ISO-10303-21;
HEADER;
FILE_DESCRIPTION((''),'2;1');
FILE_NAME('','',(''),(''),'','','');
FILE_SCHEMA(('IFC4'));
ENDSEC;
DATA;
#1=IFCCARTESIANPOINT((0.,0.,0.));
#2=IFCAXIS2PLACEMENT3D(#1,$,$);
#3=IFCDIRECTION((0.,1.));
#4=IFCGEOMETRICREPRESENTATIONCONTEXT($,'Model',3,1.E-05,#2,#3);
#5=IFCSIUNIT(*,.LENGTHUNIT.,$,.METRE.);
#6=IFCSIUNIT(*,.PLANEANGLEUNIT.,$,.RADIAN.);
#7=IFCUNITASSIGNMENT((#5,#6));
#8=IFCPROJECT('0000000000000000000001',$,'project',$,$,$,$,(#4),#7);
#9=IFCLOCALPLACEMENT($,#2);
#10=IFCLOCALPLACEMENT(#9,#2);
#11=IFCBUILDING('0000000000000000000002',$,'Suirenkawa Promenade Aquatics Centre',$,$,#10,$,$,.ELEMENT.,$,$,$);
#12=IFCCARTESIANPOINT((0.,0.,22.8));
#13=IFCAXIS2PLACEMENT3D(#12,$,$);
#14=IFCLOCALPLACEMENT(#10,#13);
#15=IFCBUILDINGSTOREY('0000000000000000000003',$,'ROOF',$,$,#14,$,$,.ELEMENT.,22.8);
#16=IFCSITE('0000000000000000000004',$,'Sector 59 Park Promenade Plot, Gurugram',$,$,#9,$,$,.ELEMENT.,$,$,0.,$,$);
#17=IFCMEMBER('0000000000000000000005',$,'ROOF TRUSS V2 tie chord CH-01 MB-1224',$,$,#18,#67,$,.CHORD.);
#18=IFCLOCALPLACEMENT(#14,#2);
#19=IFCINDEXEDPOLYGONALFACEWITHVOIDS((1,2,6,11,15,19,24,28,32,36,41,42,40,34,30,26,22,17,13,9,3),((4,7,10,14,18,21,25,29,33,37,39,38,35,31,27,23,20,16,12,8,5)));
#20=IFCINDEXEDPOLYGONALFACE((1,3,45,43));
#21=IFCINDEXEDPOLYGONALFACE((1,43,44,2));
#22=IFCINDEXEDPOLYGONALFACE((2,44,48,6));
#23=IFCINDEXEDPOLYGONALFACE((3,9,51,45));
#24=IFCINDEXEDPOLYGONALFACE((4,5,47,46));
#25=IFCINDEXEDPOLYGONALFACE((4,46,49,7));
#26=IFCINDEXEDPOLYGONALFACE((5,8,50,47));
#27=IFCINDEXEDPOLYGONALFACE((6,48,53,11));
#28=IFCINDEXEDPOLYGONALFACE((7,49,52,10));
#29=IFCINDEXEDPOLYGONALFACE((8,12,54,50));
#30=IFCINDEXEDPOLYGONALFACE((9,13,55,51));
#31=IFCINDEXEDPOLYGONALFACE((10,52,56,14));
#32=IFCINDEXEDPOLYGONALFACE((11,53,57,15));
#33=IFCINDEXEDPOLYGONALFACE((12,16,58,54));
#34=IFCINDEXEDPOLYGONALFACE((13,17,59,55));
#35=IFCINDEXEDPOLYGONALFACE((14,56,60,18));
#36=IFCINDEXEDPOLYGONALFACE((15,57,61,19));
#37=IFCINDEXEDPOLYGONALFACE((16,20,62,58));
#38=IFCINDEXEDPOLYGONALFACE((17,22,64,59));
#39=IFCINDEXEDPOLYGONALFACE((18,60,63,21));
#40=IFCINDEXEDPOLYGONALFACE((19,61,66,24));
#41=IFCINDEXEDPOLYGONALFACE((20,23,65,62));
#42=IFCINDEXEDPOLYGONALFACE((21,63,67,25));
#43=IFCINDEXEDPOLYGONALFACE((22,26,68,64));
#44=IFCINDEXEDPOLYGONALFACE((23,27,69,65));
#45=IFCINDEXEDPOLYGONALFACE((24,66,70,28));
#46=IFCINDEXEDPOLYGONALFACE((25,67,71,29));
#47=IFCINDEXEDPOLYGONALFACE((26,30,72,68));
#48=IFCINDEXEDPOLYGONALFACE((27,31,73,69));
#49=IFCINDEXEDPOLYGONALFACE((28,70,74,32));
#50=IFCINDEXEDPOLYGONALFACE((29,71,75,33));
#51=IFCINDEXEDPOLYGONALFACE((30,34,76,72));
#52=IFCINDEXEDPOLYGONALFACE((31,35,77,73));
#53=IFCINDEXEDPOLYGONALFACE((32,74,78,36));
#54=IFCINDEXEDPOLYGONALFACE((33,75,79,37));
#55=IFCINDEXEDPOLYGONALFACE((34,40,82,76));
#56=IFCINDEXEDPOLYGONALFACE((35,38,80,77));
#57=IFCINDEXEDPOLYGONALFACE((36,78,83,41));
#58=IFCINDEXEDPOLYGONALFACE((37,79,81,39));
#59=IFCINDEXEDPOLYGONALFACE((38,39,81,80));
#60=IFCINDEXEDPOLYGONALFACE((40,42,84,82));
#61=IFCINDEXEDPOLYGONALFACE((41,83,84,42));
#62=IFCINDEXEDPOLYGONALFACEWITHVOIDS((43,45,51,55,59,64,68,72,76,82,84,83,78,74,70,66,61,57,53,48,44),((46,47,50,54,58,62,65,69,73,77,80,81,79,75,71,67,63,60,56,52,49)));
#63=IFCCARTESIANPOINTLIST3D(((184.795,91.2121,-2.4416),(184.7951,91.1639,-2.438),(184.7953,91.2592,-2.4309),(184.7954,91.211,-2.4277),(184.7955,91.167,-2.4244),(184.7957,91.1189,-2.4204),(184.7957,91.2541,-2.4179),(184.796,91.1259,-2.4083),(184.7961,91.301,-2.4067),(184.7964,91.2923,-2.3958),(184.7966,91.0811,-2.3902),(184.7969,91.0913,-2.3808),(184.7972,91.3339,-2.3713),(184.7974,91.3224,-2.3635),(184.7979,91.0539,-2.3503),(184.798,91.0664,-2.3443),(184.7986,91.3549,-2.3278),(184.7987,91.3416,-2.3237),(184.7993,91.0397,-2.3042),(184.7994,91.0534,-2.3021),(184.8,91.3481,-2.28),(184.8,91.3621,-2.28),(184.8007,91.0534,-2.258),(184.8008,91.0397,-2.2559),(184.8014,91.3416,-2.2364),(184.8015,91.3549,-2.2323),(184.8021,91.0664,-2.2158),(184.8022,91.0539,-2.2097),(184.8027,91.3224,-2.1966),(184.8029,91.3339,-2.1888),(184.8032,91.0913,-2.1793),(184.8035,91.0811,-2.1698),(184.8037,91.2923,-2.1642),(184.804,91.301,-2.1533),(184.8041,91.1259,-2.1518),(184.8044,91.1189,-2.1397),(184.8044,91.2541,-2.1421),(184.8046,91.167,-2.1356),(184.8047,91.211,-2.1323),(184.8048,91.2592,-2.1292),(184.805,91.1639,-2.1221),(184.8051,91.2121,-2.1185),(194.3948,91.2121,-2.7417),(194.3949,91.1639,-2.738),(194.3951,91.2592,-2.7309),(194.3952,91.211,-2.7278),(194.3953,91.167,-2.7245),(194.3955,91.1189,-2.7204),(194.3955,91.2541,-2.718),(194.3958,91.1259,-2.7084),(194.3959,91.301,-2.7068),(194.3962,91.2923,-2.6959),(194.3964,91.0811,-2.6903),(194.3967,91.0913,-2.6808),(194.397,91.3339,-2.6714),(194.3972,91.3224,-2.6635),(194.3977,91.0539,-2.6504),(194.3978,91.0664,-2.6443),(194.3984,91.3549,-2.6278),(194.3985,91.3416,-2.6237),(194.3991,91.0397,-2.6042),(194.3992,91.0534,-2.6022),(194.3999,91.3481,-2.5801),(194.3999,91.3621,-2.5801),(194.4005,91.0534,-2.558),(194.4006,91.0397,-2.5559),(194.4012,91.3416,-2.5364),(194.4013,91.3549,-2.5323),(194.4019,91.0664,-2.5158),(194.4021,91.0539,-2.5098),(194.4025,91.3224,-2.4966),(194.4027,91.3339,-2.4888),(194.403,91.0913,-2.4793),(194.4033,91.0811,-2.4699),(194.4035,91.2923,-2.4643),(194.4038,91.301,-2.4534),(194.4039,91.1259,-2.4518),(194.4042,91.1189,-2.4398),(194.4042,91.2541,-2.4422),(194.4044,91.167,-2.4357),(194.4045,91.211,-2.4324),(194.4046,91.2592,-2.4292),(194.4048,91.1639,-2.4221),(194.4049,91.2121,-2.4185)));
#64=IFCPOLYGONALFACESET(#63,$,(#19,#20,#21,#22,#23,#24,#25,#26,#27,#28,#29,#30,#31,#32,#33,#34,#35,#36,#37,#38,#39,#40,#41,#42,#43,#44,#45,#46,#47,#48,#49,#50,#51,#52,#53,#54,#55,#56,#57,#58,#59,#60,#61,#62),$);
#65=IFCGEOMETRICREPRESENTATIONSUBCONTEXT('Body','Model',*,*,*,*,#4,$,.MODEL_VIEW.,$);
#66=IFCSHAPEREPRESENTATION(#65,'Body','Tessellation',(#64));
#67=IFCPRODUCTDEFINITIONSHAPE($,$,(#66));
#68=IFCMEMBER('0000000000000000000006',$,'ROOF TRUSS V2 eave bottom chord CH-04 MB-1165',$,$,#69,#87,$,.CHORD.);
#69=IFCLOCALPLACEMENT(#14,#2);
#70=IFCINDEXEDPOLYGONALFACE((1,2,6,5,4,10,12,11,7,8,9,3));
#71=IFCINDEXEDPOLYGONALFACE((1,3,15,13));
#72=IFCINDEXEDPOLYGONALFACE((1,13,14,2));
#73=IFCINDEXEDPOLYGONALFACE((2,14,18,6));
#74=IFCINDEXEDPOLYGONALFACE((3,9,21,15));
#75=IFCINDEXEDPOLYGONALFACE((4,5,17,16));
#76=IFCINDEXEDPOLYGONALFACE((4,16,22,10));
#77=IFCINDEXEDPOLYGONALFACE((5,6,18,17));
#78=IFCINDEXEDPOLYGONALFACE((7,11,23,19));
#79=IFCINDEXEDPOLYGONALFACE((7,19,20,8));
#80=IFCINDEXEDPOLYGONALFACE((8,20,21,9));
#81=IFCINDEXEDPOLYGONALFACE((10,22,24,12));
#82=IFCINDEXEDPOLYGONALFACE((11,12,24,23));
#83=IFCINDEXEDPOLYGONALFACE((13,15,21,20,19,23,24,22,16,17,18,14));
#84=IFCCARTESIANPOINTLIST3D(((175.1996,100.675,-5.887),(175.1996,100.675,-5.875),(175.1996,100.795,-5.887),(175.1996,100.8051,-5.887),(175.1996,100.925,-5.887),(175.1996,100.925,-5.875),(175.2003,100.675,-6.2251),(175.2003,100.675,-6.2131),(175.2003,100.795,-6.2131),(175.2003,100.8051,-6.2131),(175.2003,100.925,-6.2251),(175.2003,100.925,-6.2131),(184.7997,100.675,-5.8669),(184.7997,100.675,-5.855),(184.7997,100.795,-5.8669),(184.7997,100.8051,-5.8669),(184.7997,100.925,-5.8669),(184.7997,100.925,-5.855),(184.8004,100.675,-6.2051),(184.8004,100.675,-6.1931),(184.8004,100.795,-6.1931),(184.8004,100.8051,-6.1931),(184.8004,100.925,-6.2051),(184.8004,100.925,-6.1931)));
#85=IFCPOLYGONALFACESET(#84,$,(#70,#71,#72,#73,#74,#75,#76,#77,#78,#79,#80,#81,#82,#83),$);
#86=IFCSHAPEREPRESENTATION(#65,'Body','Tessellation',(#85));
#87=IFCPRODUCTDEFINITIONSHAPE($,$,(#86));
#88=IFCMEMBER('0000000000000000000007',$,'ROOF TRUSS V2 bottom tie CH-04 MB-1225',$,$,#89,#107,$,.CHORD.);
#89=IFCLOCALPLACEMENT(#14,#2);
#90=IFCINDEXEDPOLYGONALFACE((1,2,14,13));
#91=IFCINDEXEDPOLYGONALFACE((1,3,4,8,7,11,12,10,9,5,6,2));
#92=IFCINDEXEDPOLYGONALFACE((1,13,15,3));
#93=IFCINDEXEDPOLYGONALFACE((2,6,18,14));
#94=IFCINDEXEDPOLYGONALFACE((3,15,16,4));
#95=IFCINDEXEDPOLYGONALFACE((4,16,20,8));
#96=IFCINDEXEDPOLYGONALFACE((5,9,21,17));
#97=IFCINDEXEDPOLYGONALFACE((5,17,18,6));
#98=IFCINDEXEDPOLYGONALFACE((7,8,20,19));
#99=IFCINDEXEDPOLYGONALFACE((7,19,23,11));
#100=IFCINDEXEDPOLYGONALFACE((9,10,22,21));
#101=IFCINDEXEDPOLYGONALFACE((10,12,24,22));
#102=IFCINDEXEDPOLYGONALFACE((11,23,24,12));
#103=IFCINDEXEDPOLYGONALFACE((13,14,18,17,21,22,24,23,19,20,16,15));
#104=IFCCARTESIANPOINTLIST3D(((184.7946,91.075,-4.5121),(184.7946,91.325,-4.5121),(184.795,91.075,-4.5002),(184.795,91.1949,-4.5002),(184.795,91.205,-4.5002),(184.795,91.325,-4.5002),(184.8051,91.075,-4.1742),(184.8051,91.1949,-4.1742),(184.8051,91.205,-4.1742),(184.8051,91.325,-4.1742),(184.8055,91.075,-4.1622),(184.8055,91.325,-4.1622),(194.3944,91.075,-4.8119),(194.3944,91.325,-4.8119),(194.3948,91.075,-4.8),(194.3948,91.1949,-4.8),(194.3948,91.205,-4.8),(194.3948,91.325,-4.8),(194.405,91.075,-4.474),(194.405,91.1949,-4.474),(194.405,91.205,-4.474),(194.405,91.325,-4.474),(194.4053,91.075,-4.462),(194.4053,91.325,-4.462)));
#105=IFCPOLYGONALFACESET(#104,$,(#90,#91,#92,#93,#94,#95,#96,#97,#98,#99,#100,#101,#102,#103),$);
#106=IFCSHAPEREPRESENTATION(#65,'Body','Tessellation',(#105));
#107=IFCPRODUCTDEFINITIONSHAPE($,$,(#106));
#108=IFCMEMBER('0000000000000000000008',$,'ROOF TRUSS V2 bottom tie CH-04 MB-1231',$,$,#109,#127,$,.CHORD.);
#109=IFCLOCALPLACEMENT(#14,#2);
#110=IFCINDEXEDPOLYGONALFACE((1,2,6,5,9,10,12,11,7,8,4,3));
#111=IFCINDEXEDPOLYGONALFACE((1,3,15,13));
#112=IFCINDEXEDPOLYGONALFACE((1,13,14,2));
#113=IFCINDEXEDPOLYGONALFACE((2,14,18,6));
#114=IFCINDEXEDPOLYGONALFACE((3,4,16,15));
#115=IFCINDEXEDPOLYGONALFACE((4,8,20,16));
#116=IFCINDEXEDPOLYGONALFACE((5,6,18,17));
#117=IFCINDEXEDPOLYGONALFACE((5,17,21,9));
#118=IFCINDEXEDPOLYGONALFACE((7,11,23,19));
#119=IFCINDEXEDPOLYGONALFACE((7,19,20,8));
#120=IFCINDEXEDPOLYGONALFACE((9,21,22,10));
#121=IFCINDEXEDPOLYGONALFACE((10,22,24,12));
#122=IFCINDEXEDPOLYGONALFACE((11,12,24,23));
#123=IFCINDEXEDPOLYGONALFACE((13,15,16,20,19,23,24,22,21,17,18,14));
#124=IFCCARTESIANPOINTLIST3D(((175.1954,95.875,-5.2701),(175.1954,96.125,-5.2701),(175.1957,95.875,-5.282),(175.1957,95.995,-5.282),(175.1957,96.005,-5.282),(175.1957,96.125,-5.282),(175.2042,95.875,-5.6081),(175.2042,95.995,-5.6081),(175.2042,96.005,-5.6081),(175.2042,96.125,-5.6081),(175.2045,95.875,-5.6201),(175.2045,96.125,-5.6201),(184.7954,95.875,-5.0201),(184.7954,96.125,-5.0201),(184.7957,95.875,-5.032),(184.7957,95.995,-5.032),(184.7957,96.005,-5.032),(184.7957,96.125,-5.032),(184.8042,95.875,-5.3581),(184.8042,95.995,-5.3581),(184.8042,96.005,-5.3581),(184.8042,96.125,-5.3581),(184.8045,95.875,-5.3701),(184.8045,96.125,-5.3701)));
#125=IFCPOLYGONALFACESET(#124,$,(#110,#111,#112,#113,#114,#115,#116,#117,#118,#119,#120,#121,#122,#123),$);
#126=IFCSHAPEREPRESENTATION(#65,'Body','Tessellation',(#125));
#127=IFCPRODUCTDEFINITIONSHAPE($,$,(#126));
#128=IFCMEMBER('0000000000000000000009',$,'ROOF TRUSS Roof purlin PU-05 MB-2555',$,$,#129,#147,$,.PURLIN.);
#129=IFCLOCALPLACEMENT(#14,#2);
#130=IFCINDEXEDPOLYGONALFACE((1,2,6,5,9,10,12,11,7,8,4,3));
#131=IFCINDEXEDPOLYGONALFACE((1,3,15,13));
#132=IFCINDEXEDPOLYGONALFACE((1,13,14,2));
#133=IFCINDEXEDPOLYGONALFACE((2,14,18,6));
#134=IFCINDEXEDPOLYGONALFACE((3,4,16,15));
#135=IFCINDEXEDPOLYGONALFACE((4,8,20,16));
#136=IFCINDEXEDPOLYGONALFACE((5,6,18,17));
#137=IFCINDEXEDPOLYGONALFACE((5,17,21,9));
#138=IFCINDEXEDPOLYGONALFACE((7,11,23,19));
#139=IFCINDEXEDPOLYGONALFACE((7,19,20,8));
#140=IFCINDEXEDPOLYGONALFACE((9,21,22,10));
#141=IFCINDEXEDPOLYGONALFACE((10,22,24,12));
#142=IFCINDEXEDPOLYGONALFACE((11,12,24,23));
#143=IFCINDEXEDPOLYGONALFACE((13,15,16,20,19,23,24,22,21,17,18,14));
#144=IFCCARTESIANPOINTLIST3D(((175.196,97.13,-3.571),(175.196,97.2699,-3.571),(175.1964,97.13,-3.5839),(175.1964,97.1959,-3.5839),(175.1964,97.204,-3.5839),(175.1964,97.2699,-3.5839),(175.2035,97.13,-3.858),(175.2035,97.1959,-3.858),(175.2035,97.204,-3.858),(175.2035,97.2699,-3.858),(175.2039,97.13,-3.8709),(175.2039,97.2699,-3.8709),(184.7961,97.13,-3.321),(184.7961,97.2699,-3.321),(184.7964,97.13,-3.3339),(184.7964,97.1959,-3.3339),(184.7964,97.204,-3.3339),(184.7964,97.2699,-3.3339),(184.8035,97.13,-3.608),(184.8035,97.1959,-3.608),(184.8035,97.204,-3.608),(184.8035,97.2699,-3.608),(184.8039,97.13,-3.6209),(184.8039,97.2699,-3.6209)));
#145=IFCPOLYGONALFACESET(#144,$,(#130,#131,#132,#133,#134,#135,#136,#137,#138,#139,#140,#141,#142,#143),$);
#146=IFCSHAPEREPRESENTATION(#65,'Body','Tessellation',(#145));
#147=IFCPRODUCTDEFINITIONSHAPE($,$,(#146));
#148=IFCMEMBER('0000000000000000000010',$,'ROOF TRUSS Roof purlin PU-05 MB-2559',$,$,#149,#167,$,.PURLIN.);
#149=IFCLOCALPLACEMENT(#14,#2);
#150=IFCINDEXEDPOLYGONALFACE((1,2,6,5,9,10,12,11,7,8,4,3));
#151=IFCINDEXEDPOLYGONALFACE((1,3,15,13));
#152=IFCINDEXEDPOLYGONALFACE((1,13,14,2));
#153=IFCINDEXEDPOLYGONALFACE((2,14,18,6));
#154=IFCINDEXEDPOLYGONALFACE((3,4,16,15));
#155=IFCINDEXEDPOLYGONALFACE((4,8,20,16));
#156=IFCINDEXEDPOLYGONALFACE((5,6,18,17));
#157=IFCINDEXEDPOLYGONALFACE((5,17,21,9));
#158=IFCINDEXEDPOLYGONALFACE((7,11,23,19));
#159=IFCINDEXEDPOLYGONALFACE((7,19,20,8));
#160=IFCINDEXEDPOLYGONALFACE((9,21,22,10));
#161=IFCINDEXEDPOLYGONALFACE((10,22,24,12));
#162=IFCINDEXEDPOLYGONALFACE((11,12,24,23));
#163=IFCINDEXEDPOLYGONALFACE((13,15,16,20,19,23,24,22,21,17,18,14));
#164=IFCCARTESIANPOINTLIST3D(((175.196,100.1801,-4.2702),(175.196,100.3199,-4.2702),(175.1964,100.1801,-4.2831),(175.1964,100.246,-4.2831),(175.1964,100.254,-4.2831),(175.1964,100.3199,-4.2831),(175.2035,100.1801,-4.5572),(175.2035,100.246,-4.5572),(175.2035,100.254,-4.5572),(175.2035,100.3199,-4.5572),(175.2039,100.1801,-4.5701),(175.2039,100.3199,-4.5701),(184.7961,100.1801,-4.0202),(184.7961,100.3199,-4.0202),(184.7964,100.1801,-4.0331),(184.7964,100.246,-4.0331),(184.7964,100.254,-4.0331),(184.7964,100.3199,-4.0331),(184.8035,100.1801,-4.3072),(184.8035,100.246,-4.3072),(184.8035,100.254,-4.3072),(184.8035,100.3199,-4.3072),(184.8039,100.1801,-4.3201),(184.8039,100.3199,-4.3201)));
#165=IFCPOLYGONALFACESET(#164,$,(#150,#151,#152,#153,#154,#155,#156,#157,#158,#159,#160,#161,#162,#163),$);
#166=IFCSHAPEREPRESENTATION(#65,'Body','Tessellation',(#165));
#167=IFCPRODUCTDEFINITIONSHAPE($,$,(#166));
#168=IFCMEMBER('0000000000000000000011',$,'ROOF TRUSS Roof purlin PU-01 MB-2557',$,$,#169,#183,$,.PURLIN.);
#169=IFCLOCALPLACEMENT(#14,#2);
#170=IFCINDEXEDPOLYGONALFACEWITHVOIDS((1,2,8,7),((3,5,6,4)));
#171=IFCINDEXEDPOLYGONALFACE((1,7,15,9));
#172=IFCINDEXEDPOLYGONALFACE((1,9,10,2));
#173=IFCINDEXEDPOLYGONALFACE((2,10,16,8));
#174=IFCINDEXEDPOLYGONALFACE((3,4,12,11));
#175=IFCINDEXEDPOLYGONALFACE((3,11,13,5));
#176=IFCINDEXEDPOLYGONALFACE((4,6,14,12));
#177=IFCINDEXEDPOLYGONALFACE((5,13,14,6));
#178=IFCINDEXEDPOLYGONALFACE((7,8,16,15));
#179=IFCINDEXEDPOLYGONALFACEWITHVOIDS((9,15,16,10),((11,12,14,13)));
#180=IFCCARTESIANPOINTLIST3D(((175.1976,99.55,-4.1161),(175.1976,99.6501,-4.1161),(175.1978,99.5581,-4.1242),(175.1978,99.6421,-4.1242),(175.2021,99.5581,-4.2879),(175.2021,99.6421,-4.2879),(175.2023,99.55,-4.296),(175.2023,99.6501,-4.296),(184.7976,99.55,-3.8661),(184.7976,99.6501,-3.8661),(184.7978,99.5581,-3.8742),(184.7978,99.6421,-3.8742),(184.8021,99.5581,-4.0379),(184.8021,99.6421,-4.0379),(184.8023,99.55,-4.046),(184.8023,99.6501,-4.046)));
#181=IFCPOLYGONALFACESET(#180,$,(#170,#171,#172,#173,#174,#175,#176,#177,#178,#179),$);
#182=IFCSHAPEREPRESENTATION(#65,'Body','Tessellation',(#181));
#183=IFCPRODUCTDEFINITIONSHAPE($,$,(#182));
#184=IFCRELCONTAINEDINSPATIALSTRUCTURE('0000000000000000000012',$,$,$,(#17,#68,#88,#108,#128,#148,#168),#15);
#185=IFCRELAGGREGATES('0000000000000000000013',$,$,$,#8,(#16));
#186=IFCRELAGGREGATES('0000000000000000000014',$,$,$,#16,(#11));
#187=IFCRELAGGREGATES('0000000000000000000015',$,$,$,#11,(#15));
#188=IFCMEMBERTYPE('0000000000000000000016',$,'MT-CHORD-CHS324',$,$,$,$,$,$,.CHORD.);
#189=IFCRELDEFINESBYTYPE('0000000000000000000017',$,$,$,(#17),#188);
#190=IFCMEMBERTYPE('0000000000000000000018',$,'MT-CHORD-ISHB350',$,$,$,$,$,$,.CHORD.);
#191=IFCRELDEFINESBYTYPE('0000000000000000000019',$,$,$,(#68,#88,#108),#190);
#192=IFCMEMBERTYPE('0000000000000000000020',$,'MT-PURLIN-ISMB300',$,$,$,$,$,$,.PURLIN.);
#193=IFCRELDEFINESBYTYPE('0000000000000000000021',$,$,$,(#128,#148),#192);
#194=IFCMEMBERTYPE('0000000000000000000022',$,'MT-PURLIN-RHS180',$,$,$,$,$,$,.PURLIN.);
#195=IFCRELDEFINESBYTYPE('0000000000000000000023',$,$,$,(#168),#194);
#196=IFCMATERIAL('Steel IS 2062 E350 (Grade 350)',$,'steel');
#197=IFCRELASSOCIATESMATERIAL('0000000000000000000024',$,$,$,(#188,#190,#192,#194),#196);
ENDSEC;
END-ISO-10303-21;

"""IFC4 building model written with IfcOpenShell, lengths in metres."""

from ifc_helpers import new_model, si_unit, direction, frame, origin, origin_2d, place, context, subcontext, project, spatial, hollow_rectangle, hollow_circle, i_section, extrude, material, material_profile, profile_set, type_object, element, save


model = new_model("IFC4")

# Units and contexts
model_context = context("Model", 3, precision=1e-05, world=origin(), true_north=direction((0.0, 1.0)))
body_context = subcontext(model_context, "Body", "Model", "MODEL_VIEW")
ifc_project = project(units=[si_unit("LENGTHUNIT", "METRE"), si_unit("PLANEANGLEUNIT", "RADIAN")], contexts=[model_context])

# Site, building, storey
site_placement = place(None, origin())
site = spatial("IfcSite", under=ifc_project, at=site_placement, Name="Sector 59 Park Promenade Plot, Gurugram", CompositionType="ELEMENT", RefElevation=0.0)
building_placement = place(site_placement, origin())
building = spatial("IfcBuilding", under=site, at=building_placement, Name="Suirenkawa Promenade Aquatics Centre", CompositionType="ELEMENT")
storey_placement = place(building_placement, frame((0.0, 0.0, 22.8)))
storey = spatial("IfcBuildingStorey", under=building, at=storey_placement, Name="ROOF", CompositionType="ELEMENT", Elevation=22.8)

# Shared definitions
ifc_material = material(Name="Steel IS 2062 E350 (Grade 350)", Category="steel")

# Members
ifc_material_profile_1 = material_profile(ifc_material, hollow_circle(Radius=0.1621, WallThickness=0.0139, at=origin_2d()), Name="CHS 324x14", Category="steel")
ifc_profile_set_1 = profile_set([ifc_material_profile_1], Name="Steel IS 2062 E350 (Grade 350)")
member_type_1 = type_object("IfcMemberType", Name="MT-CHORD-CHS324", PredefinedType="CHORD", material=ifc_profile_set_1)
member_1_placement = place(storey_placement, frame((184.8, 91.2, -2.28), z_axis=(0.999512, 0.0, -0.03124), x_axis=(0.0, 1.0, 0.0)))
element("IfcMember", 1, at=member_1_placement, inside=storey, type_object=member_type_1, Name="ROOF TRUSS V2 tie chord CH-01 MB-1224", PredefinedType="CHORD", context=body_context, shape_type="SweptSolid", body=[
    extrude(hollow_circle(Radius=0.1621, WallThickness=0.0139, at=origin_2d()), origin(), (0.0, 0.0, 1.0), 9.6045),
])
ifc_material_profile_2 = material_profile(ifc_material, i_section(OverallWidth=0.25, OverallDepth=0.3501, WebThickness=0.01, FlangeThickness=0.012, at=origin_2d()), Name="ISHB 350", Category="steel")
ifc_profile_set_2 = profile_set([ifc_material_profile_2], Name="Steel IS 2062 E350 (Grade 350)")
member_type_2 = type_object("IfcMemberType", Name="MT-CHORD-ISHB350", PredefinedType="CHORD", material=ifc_profile_set_2)
member_2_placement = place(storey_placement, frame((175.2, 100.8, -6.05), z_axis=(0.999998, 0.0, 0.002085), x_axis=(0.0, 1.0, 0.0)))
element("IfcMember", 2, at=member_2_placement, inside=storey, type_object=member_type_2, Name="ROOF TRUSS V2 eave bottom chord CH-04 MB-1165", PredefinedType="CHORD", context=body_context, shape_type="SweptSolid", body=[
    extrude(i_section(OverallWidth=0.25, OverallDepth=0.3501, WebThickness=0.01, FlangeThickness=0.012, at=origin_2d()), origin(), (0.0, 0.0, 1.0), 9.6001),
])
member_3_placement = place(storey_placement, frame((184.8, 91.2, -4.3372), z_axis=(0.999513, 0.0, -0.031215), x_axis=(0.0, 1.0, 0.0)))
element("IfcMember", 3, at=member_3_placement, inside=storey, type_object=member_type_2, Name="ROOF TRUSS V2 bottom tie CH-04 MB-1225", PredefinedType="CHORD", context=body_context, shape_type="SweptSolid", body=[
    extrude(i_section(OverallWidth=0.25, OverallDepth=0.3501, WebThickness=0.01, FlangeThickness=0.012, at=origin_2d()), origin(), (0.0, 0.0, 1.0), 9.6045),
])
member_4_placement = place(storey_placement, frame((175.2, 96.0, -5.4451), z_axis=(0.999661, 0.0, 0.026033), x_axis=(0.0, 1.0, 0.0)))
element("IfcMember", 4, at=member_4_placement, inside=storey, type_object=member_type_2, Name="ROOF TRUSS V2 bottom tie CH-04 MB-1231", PredefinedType="CHORD", context=body_context, shape_type="SweptSolid", body=[
    extrude(i_section(OverallWidth=0.25, OverallDepth=0.3501, WebThickness=0.01, FlangeThickness=0.012, at=origin_2d()), origin(), (0.0, 0.0, 1.0), 9.6033),
])
ifc_material_profile_3 = material_profile(ifc_material, i_section(OverallWidth=0.1399, OverallDepth=0.3, WebThickness=0.0081, FlangeThickness=0.0129, at=origin_2d()), Name="ISMB 300", Category="steel")
ifc_profile_set_3 = profile_set([ifc_material_profile_3], Name="Steel IS 2062 E350 (Grade 350)")
member_type_3 = type_object("IfcMemberType", Name="MT-PURLIN-ISMB300", PredefinedType="PURLIN", material=ifc_profile_set_3)
for number, where, z_axis, x_axis, name in (
    (5, (175.2, 97.2, -3.7209), (0.999661, 0.0, 0.026033), (0.0, 1.0, 0.0), "ROOF TRUSS Roof purlin PU-05 MB-2555"),
    (6, (175.2, 100.25, -4.4202), (0.999661, 0.0, 0.026033), (0.0, 1.0, 0.0), "ROOF TRUSS Roof purlin PU-05 MB-2559"),
):
    element("IfcMember", number, at=place(storey_placement, frame(where, z_axis=z_axis, x_axis=x_axis)), inside=storey, type_object=member_type_3, Name=name, PredefinedType="PURLIN", context=body_context, shape_type="SweptSolid", body=[
        extrude(i_section(OverallWidth=0.1399, OverallDepth=0.3, WebThickness=0.0081, FlangeThickness=0.0129, at=origin_2d()), origin(), (0.0, 0.0, 1.0), 9.6033),
    ])
ifc_material_profile_4 = material_profile(ifc_material, hollow_rectangle(XDim=0.1001, YDim=0.1799, WallThickness=0.0081, at=origin_2d()), Name="RHS 180x100x8", Category="steel")
ifc_profile_set_4 = profile_set([ifc_material_profile_4], Name="Steel IS 2062 E350 (Grade 350)")
member_type_4 = type_object("IfcMemberType", Name="MT-PURLIN-RHS180", PredefinedType="PURLIN", material=ifc_profile_set_4)
member_5_placement = place(storey_placement, frame((175.2, 99.6001, -4.2061), z_axis=(0.999661, 0.0, 0.026033), x_axis=(0.0, 1.0, 0.0)))
element("IfcMember", 7, at=member_5_placement, inside=storey, type_object=member_type_4, Name="ROOF TRUSS Roof purlin PU-01 MB-2557", PredefinedType="PURLIN", context=body_context, shape_type="SweptSolid", body=[
    extrude(hollow_rectangle(XDim=0.1001, YDim=0.1799, WallThickness=0.0081, at=origin_2d()), origin(), (0.0, 0.0, 1.0), 9.6033),
])

save(model, "model.ifc")
